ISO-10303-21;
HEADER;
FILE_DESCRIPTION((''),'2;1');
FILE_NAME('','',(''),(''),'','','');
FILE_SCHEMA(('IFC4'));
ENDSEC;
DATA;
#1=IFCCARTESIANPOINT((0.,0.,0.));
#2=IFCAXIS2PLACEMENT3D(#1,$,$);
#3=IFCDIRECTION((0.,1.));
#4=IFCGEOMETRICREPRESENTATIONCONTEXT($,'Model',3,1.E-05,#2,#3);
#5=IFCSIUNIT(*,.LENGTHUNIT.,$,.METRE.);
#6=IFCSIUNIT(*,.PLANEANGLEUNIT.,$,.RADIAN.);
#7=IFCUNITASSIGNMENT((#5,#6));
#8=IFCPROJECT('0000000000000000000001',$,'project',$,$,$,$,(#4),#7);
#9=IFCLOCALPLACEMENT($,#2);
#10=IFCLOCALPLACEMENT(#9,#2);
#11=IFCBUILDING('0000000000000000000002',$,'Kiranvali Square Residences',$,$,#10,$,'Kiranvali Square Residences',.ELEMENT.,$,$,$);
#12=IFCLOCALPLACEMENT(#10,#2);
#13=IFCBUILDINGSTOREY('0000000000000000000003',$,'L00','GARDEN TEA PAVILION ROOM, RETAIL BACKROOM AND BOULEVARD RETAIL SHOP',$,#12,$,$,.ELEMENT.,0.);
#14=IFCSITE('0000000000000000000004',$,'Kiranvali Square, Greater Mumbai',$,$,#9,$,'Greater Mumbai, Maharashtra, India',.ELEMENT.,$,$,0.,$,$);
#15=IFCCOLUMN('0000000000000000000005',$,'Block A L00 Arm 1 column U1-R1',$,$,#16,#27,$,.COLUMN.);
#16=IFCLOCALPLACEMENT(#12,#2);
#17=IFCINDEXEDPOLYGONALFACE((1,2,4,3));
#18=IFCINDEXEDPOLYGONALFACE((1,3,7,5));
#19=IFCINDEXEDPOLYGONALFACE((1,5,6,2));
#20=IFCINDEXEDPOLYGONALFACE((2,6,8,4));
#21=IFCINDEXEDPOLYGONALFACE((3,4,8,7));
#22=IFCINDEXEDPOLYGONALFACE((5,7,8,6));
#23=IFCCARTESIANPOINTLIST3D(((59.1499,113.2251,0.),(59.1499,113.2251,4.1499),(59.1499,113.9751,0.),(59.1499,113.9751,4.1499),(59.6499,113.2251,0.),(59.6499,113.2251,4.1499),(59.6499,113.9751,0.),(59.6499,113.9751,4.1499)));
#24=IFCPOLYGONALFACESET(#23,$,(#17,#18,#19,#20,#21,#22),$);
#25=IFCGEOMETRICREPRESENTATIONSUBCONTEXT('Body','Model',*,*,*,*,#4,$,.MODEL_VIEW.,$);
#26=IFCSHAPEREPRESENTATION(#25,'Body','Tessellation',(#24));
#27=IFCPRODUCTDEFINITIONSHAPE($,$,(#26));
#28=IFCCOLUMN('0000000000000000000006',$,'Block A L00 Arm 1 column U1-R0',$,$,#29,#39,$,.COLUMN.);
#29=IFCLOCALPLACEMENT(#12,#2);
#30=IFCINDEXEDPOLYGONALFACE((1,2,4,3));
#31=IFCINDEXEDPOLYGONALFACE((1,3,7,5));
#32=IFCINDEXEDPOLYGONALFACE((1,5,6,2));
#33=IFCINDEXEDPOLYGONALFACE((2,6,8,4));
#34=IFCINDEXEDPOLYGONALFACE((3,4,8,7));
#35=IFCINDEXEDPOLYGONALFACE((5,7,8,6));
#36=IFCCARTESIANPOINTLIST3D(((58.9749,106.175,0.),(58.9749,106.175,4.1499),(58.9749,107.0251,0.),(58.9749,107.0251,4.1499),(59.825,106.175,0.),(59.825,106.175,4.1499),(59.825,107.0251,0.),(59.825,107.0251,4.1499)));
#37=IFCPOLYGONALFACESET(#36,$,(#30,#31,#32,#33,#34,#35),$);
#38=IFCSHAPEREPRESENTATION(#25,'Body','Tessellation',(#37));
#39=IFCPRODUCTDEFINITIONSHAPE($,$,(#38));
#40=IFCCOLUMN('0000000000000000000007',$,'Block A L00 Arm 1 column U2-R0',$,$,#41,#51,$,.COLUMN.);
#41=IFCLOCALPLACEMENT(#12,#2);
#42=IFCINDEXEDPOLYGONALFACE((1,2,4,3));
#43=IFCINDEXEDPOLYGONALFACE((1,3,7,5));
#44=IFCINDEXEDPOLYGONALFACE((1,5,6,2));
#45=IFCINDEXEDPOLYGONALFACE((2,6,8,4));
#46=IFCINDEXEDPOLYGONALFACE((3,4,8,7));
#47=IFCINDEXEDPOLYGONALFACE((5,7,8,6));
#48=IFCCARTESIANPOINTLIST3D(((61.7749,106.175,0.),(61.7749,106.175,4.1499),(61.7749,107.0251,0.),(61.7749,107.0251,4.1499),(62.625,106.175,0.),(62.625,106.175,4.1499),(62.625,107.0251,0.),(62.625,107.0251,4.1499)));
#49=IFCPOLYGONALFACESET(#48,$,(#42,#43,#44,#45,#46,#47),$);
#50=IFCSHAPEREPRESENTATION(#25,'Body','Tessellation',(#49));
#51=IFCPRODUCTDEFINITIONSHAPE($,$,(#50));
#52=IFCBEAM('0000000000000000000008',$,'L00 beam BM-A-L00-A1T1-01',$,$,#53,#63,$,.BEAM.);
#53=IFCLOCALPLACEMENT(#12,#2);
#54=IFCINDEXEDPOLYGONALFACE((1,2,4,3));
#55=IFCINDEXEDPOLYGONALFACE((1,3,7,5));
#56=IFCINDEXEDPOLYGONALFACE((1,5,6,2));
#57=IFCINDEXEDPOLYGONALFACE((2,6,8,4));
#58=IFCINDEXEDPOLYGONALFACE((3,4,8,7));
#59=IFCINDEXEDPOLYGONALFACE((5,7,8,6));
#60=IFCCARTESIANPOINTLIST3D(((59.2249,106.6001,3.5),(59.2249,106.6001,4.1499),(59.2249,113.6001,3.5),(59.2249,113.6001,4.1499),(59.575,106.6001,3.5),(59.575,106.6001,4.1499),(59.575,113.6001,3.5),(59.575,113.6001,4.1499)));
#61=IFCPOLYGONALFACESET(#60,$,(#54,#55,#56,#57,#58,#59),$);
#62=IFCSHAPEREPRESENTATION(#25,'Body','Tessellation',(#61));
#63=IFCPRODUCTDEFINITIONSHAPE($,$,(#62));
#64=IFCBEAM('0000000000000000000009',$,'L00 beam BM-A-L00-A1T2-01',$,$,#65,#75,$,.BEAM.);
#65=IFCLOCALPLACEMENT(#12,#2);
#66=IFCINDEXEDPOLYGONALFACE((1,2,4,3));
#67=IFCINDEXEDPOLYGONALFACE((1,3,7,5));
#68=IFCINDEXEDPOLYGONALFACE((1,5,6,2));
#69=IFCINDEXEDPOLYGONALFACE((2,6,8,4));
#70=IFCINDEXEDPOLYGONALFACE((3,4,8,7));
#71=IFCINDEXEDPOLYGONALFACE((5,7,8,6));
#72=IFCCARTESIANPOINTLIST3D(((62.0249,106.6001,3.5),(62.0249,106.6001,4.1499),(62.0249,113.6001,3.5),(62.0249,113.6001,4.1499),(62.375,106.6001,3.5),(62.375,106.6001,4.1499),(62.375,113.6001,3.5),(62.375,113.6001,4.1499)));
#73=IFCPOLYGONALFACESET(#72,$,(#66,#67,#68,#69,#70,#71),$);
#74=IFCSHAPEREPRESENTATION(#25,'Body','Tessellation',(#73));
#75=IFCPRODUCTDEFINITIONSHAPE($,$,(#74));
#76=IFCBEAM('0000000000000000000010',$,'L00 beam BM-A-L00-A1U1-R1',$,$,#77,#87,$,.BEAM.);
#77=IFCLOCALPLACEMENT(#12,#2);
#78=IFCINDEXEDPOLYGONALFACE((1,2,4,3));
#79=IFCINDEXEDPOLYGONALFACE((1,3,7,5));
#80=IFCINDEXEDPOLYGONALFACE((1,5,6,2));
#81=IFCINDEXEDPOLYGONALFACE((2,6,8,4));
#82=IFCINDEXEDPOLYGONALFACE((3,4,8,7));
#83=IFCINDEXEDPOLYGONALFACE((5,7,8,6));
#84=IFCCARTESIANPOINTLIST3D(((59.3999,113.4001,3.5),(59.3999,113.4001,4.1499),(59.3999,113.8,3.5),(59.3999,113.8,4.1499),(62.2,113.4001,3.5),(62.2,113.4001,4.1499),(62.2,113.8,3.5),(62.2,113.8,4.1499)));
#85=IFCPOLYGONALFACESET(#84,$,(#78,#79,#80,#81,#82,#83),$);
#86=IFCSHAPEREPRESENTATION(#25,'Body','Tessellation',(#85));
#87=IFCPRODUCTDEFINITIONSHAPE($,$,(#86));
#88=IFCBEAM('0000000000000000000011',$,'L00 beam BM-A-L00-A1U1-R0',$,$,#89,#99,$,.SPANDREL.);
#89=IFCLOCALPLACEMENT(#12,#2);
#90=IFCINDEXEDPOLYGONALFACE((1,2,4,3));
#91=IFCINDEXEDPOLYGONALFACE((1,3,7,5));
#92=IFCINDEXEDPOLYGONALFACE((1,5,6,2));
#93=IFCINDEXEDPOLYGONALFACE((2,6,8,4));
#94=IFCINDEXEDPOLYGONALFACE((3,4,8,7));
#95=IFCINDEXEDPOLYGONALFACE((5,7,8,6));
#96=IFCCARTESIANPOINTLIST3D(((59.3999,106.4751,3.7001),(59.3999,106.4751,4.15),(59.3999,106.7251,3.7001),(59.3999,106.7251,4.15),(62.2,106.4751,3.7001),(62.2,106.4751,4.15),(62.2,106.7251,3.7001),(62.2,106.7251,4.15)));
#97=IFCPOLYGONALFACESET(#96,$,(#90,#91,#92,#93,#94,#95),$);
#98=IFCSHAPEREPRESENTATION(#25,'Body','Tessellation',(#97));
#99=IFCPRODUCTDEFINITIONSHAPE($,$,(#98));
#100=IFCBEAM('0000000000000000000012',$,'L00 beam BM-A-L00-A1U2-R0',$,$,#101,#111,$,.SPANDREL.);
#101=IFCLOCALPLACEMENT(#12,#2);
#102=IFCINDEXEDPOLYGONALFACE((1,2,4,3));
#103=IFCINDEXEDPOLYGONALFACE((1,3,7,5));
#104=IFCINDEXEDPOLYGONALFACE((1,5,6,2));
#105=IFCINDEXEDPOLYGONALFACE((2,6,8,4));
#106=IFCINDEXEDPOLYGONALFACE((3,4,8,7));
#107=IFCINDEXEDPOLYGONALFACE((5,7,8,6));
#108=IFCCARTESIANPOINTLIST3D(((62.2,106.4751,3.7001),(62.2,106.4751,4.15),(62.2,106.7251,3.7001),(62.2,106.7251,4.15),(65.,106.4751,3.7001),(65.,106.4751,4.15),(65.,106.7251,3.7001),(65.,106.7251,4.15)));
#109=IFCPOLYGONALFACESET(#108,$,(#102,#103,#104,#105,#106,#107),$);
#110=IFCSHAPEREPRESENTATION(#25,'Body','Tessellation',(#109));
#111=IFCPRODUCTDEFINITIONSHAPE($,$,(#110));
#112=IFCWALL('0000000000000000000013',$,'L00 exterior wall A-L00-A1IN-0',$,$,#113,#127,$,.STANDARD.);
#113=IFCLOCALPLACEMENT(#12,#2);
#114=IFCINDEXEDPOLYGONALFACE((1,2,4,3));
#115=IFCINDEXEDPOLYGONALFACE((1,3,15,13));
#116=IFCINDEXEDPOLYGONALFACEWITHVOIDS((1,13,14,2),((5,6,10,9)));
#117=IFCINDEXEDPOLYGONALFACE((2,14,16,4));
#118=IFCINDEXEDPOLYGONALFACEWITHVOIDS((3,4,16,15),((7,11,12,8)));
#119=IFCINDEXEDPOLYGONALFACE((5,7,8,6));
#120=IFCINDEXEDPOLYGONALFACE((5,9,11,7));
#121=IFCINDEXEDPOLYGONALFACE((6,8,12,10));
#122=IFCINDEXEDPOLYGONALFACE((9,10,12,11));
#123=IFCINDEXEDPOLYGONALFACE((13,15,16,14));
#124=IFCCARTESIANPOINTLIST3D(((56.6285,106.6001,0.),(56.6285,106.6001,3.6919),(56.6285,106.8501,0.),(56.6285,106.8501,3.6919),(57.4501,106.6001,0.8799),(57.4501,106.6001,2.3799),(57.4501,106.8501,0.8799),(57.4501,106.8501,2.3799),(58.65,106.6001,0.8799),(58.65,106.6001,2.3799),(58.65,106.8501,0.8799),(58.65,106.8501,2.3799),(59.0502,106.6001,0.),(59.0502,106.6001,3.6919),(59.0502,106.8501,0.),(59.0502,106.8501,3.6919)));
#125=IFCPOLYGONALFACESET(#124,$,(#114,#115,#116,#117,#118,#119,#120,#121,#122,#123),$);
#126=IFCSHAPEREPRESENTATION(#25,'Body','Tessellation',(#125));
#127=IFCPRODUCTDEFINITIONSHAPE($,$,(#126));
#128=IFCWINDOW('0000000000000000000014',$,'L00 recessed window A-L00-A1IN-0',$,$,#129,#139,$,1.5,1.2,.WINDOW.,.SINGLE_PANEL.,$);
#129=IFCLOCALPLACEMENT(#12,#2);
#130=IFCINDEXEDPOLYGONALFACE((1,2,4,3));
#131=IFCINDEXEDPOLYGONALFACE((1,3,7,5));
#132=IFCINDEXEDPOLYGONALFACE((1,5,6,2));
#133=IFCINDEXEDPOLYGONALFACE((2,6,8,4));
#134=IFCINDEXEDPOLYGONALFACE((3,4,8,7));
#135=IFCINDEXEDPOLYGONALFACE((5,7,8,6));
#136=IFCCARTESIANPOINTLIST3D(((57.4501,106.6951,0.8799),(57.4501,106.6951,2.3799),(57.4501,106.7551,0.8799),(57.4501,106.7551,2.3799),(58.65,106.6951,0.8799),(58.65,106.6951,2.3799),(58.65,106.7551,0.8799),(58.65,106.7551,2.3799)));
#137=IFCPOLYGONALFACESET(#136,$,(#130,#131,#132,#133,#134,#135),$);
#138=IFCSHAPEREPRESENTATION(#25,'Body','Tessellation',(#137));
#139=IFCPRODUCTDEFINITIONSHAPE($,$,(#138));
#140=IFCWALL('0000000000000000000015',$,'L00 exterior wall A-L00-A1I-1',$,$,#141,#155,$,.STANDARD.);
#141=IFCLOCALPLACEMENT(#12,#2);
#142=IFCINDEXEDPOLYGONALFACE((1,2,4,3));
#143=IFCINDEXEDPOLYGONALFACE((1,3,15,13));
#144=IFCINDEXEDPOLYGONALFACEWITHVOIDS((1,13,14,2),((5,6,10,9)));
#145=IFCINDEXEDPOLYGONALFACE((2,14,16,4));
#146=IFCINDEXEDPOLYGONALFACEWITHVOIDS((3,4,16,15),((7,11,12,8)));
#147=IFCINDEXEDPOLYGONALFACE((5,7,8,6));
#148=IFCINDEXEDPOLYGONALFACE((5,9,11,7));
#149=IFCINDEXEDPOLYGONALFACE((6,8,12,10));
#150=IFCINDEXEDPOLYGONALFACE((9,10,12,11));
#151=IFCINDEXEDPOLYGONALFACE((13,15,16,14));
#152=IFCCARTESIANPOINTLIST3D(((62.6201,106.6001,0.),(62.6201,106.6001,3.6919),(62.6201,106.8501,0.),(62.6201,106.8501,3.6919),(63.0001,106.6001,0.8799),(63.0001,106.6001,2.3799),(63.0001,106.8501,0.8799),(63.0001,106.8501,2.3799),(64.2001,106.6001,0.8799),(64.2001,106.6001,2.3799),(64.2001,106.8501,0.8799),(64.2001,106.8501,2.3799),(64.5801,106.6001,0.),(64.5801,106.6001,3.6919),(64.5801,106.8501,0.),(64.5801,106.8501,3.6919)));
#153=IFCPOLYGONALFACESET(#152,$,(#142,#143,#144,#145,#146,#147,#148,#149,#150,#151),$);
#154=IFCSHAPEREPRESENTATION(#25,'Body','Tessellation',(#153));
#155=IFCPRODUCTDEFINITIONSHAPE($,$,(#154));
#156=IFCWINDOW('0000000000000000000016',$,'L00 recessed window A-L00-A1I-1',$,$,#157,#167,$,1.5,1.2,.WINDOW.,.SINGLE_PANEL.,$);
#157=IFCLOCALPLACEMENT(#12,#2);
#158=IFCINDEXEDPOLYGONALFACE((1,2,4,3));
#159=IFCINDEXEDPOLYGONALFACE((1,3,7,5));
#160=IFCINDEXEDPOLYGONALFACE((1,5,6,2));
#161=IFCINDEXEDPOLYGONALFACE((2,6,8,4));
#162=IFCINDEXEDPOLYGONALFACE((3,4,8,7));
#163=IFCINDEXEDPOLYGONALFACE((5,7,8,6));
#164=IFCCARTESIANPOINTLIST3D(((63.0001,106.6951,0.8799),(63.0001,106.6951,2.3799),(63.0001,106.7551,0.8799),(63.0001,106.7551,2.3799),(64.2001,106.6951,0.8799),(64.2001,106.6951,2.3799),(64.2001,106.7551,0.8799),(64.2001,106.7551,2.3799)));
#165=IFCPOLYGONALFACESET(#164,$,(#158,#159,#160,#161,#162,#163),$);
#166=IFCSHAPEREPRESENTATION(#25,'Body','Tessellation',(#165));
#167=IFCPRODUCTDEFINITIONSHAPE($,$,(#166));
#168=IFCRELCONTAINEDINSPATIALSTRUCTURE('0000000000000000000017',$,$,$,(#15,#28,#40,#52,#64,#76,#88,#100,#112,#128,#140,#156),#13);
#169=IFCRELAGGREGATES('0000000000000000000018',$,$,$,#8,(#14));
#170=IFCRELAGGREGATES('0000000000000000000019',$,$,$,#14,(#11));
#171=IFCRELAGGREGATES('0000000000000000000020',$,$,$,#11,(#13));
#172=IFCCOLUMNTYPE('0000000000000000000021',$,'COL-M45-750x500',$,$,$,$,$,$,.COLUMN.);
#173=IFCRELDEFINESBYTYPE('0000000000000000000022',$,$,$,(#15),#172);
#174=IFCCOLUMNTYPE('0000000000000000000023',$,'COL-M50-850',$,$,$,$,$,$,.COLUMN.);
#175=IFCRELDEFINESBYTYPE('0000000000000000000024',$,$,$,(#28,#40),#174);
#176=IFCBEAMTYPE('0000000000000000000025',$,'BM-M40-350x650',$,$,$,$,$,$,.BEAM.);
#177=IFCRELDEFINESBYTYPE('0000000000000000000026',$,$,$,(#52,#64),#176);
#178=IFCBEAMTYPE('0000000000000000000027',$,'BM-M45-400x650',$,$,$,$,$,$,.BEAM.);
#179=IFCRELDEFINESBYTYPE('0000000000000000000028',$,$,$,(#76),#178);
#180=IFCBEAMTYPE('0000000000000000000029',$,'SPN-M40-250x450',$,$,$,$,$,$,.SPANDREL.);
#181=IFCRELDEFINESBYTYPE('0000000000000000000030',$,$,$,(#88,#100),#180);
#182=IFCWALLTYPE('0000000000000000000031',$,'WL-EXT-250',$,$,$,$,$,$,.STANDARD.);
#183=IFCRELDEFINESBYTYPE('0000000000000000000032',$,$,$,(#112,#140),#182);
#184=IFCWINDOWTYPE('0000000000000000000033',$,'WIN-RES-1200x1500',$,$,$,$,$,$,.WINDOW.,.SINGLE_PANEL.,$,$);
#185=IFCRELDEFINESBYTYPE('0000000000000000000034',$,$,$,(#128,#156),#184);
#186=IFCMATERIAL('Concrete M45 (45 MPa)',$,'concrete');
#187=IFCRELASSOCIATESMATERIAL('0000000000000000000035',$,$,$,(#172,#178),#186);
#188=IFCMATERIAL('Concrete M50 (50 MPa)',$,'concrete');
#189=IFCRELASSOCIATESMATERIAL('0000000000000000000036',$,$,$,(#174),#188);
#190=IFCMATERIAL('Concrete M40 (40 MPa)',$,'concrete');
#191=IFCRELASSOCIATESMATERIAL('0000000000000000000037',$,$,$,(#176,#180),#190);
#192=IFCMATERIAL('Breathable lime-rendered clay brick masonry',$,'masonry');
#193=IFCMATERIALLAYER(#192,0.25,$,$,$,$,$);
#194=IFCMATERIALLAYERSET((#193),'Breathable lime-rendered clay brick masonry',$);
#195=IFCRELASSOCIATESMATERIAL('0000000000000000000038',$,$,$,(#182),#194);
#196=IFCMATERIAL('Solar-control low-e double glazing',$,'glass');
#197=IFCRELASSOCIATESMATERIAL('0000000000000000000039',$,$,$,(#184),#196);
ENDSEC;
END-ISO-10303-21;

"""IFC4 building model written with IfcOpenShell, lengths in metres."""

from ifc_helpers import new_model, si_unit, direction, frame, frame_2d, origin, origin_2d, place, context, subcontext, project, spatial, rectangle, extrude, material, layer, layer_set, material_profile, profile_set, type_object, element, fill, save


model = new_model("IFC4")

# Units and contexts
model_context = context("Model", 3, precision=1e-05, world=origin(), true_north=direction((0.0, 1.0)))
body_context = subcontext(model_context, "Body", "Model", "MODEL_VIEW")
ifc_project = project(units=[si_unit("LENGTHUNIT", "METRE"), si_unit("PLANEANGLEUNIT", "RADIAN")], contexts=[model_context])

# Site, building, storey
site_placement = place(None, origin())
site = spatial("IfcSite", under=ifc_project, at=site_placement, Name="Kiranvali Square, Greater Mumbai", LongName="Greater Mumbai, Maharashtra, India", CompositionType="ELEMENT", RefElevation=0.0)
building_placement = place(site_placement, origin())
building = spatial("IfcBuilding", under=site, at=building_placement, Name="Kiranvali Square Residences", LongName="Kiranvali Square Residences", CompositionType="ELEMENT")
storey_placement = place(building_placement, origin())
storey = spatial("IfcBuildingStorey", under=building, at=storey_placement, Name="L00", Description="GARDEN TEA PAVILION ROOM, RETAIL BACKROOM AND BOULEVARD RETAIL SHOP", CompositionType="ELEMENT", Elevation=0.0)

# Columns
ifc_material_1 = material(Name="Concrete M45 (45 MPa)", Category="concrete")
ifc_material_profile_1 = material_profile(ifc_material_1, rectangle(XDim=0.5, YDim=0.75, at=origin_2d()), Name="RC 750x500")
ifc_profile_set_1 = profile_set([ifc_material_profile_1], Name="Concrete M45 (45 MPa)")
column_type_1 = type_object("IfcColumnType", Name="COL-M45-750x500", PredefinedType="COLUMN", material=ifc_profile_set_1)
column_placement = place(storey_placement, frame((59.3999, 113.6001, 0.0), z_axis=(0.0, 0.0, 1.0), x_axis=(1.0, 0.0, 0.0)))
element("IfcColumn", 1, at=column_placement, inside=storey, type_object=column_type_1, Name="Block A L00 Arm 1 column U1-R1", PredefinedType="COLUMN", context=body_context, shape_type="SweptSolid", body=[
    extrude(rectangle(XDim=0.5, YDim=0.75, at=origin_2d()), origin(), (0.0, 0.0, 1.0), 4.1499),
])
ifc_material_2 = material(Name="Concrete M50 (50 MPa)", Category="concrete")
ifc_material_profile_2 = material_profile(ifc_material_2, rectangle(XDim=0.8501, YDim=0.8501, at=origin_2d()), Name="RC 850x850")
ifc_profile_set_2 = profile_set([ifc_material_profile_2], Name="Concrete M50 (50 MPa)")
column_type_2 = type_object("IfcColumnType", Name="COL-M50-850", PredefinedType="COLUMN", material=ifc_profile_set_2)
for number, where, z_axis, x_axis, name in (
    (2, (59.3999, 106.6001, 0.0), (0.0, 0.0, 1.0), (1.0, 0.0, 0.0), "Block A L00 Arm 1 column U1-R0"),
    (3, (62.2, 106.6001, 0.0), (0.0, 0.0, 1.0), (1.0, 0.0, 0.0), "Block A L00 Arm 1 column U2-R0"),
):
    element("IfcColumn", number, at=place(storey_placement, frame(where, z_axis=z_axis, x_axis=x_axis)), inside=storey, type_object=column_type_2, Name=name, PredefinedType="COLUMN", context=body_context, shape_type="SweptSolid", body=[
        extrude(rectangle(XDim=0.8501, YDim=0.8501, at=origin_2d()), origin(), (0.0, 0.0, 1.0), 4.1499),
    ])

# Beams
ifc_material_3 = material(Name="Concrete M40 (40 MPa)", Category="concrete")
ifc_material_profile_3 = material_profile(ifc_material_3, rectangle(XDim=0.3501, YDim=0.6499, at=origin_2d()), Name="RC 350x650")
ifc_profile_set_3 = profile_set([ifc_material_profile_3], Name="Concrete M40 (40 MPa)")
beam_type_1 = type_object("IfcBeamType", Name="BM-M40-350x650", PredefinedType="BEAM", material=ifc_profile_set_3)
for number, where, z_axis, x_axis, name in (
    (4, (59.3999, 106.6001, 3.825), (0.0, 1.0, 0.0), (-1.0, 0.0, 0.0), "L00 beam BM-A-L00-A1T1-01"),
    (5, (62.2, 106.6001, 3.825), (0.0, 1.0, 0.0), (-1.0, 0.0, 0.0), "L00 beam BM-A-L00-A1T2-01"),
):
    element("IfcBeam", number, at=place(storey_placement, frame(where, z_axis=z_axis, x_axis=x_axis)), inside=storey, type_object=beam_type_1, Name=name, PredefinedType="BEAM", context=body_context, shape_type="SweptSolid", body=[
        extrude(rectangle(XDim=0.3501, YDim=0.6499, at=origin_2d()), origin(), (0.0, 0.0, 1.0), 7.0),
    ])
ifc_material_profile_4 = material_profile(ifc_material_1, rectangle(XDim=0.3999, YDim=0.6499, at=origin_2d()), Name="RC 400x650")
ifc_profile_set_4 = profile_set([ifc_material_profile_4], Name="Concrete M45 (45 MPa)")
beam_type_2 = type_object("IfcBeamType", Name="BM-M45-400x650", PredefinedType="BEAM", material=ifc_profile_set_4)
beam_placement = place(storey_placement, frame((59.3999, 113.6001, 3.825), z_axis=(1.0, 0.0, 0.0), x_axis=(0.0, 1.0, 0.0)))
element("IfcBeam", 6, at=beam_placement, inside=storey, type_object=beam_type_2, Name="L00 beam BM-A-L00-A1U1-R1", PredefinedType="BEAM", context=body_context, shape_type="SweptSolid", body=[
    extrude(rectangle(XDim=0.3999, YDim=0.6499, at=origin_2d()), origin(), (0.0, 0.0, 1.0), 2.8),
])
ifc_material_profile_5 = material_profile(ifc_material_3, rectangle(XDim=0.25, YDim=0.45, at=origin_2d()), Name="RC 250x450")
ifc_profile_set_5 = profile_set([ifc_material_profile_5], Name="Concrete M40 (40 MPa)")
beam_type_3 = type_object("IfcBeamType", Name="SPN-M40-250x450", PredefinedType="SPANDREL", material=ifc_profile_set_5)
for number, where, z_axis, x_axis, name in (
    (7, (59.3999, 106.6001, 3.925), (1.0, 0.0, 0.0), (0.0, 1.0, 0.0), "L00 beam BM-A-L00-A1U1-R0"),
    (8, (62.2, 106.6001, 3.925), (1.0, 0.0, 0.0), (0.0, 1.0, 0.0), "L00 beam BM-A-L00-A1U2-R0"),
):
    element("IfcBeam", number, at=place(storey_placement, frame(where, z_axis=z_axis, x_axis=x_axis)), inside=storey, type_object=beam_type_3, Name=name, PredefinedType="SPANDREL", context=body_context, shape_type="SweptSolid", body=[
        extrude(rectangle(XDim=0.25, YDim=0.45, at=origin_2d()), origin(), (0.0, 0.0, 1.0), 2.8),
    ])

# Wall, opening, window
ifc_material_4 = material(Name="Breathable lime-rendered clay brick masonry", Category="masonry")
ifc_layer_1 = layer(ifc_material_4, 0.25)
ifc_layer_set_1 = layer_set([ifc_layer_1], Name="Breathable lime-rendered clay brick masonry")
wall_type_1 = type_object("IfcWallType", Name="WL-EXT-250", PredefinedType="STANDARD", material=ifc_layer_set_1)
wall_1_placement = place(storey_placement, frame((56.6284, 106.7251, 0.0), z_axis=(0.0, 0.0, 1.0), x_axis=(1.0, 0.0, 0.0)))
wall_1 = element("IfcWall", 9, at=wall_1_placement, inside=storey, type_object=wall_type_1, Name="L00 exterior wall A-L00-A1IN-0", PredefinedType="STANDARD", context=body_context, shape_type="SweptSolid", body=[
    extrude(rectangle(XDim=2.4216, YDim=0.25, at=frame_2d((1.2109, 0.0))), origin(), (0.0, 0.0, 1.0), 3.6919),
])
opening_1_placement = place(wall_1_placement, frame((0.8215, 0.0, 0.8799)))
opening_1 = element("IfcOpeningElement", 10, at=opening_1_placement, cuts=wall_1, PredefinedType="OPENING", context=body_context, shape_type="SweptSolid", body=[
    extrude(rectangle(XDim=1.2, YDim=1.5, at=frame_2d((0.6001, 0.75))), frame((0.0, 0.135, 0.0), z_axis=(0.0, -1.0, 0.0), x_axis=(1.0, 0.0, 0.0)), (0.0, 0.0, 1.0), 0.27),
])
ifc_material_5 = material(Name="Solar-control low-e double glazing", Category="glass")
window_type = type_object("IfcWindowType", Name="WIN-RES-1200x1500", PartitioningType="SINGLE_PANEL", PredefinedType="WINDOW", material=ifc_material_5)
window_1_placement = place(opening_1_placement, origin())
window_1 = element("IfcWindow", 11, at=window_1_placement, inside=storey, type_object=window_type, Name="L00 recessed window A-L00-A1IN-0", OverallHeight=1.5, OverallWidth=1.2, PartitioningType="SINGLE_PANEL", PredefinedType="WINDOW", context=body_context, shape_type="SweptSolid", body=[
    extrude(rectangle(XDim=1.2, YDim=1.5, at=frame_2d((0.6001, 0.75))), frame((0.0, 0.03, 0.0), z_axis=(0.0, -1.0, 0.0), x_axis=(1.0, 0.0, 0.0)), (0.0, 0.0, 1.0), 0.0601),
])
fill(opening_1, window_1)

# Wall, opening, window
wall_2_placement = place(storey_placement, frame((62.6201, 106.7251, 0.0), z_axis=(0.0, 0.0, 1.0), x_axis=(1.0, 0.0, 0.0)))
wall_2 = element("IfcWall", 12, at=wall_2_placement, inside=storey, type_object=wall_type_1, Name="L00 exterior wall A-L00-A1I-1", PredefinedType="STANDARD", context=body_context, shape_type="SweptSolid", body=[
    extrude(rectangle(XDim=1.96, YDim=0.25, at=frame_2d((0.98, 0.0))), origin(), (0.0, 0.0, 1.0), 3.6919),
])
opening_2_placement = place(wall_2_placement, frame((0.3799, 0.0, 0.8799)))
opening_2 = element("IfcOpeningElement", 13, at=opening_2_placement, cuts=wall_2, PredefinedType="OPENING", context=body_context, shape_type="SweptSolid", body=[
    extrude(rectangle(XDim=1.2, YDim=1.5, at=frame_2d((0.6001, 0.75))), frame((0.0, 0.135, 0.0), z_axis=(0.0, -1.0, 0.0), x_axis=(1.0, 0.0, 0.0)), (0.0, 0.0, 1.0), 0.27),
])
window_2_placement = place(opening_2_placement, origin())
window_2 = element("IfcWindow", 14, at=window_2_placement, inside=storey, type_object=window_type, Name="L00 recessed window A-L00-A1I-1", OverallHeight=1.5, OverallWidth=1.2, PartitioningType="SINGLE_PANEL", PredefinedType="WINDOW", context=body_context, shape_type="SweptSolid", body=[
    extrude(rectangle(XDim=1.2, YDim=1.5, at=frame_2d((0.6001, 0.75))), frame((0.0, 0.03, 0.0), z_axis=(0.0, -1.0, 0.0), x_axis=(1.0, 0.0, 0.0)), (0.0, 0.0, 1.0), 0.0601),
])
fill(opening_2, window_2)

save(model, "model.ifc")
